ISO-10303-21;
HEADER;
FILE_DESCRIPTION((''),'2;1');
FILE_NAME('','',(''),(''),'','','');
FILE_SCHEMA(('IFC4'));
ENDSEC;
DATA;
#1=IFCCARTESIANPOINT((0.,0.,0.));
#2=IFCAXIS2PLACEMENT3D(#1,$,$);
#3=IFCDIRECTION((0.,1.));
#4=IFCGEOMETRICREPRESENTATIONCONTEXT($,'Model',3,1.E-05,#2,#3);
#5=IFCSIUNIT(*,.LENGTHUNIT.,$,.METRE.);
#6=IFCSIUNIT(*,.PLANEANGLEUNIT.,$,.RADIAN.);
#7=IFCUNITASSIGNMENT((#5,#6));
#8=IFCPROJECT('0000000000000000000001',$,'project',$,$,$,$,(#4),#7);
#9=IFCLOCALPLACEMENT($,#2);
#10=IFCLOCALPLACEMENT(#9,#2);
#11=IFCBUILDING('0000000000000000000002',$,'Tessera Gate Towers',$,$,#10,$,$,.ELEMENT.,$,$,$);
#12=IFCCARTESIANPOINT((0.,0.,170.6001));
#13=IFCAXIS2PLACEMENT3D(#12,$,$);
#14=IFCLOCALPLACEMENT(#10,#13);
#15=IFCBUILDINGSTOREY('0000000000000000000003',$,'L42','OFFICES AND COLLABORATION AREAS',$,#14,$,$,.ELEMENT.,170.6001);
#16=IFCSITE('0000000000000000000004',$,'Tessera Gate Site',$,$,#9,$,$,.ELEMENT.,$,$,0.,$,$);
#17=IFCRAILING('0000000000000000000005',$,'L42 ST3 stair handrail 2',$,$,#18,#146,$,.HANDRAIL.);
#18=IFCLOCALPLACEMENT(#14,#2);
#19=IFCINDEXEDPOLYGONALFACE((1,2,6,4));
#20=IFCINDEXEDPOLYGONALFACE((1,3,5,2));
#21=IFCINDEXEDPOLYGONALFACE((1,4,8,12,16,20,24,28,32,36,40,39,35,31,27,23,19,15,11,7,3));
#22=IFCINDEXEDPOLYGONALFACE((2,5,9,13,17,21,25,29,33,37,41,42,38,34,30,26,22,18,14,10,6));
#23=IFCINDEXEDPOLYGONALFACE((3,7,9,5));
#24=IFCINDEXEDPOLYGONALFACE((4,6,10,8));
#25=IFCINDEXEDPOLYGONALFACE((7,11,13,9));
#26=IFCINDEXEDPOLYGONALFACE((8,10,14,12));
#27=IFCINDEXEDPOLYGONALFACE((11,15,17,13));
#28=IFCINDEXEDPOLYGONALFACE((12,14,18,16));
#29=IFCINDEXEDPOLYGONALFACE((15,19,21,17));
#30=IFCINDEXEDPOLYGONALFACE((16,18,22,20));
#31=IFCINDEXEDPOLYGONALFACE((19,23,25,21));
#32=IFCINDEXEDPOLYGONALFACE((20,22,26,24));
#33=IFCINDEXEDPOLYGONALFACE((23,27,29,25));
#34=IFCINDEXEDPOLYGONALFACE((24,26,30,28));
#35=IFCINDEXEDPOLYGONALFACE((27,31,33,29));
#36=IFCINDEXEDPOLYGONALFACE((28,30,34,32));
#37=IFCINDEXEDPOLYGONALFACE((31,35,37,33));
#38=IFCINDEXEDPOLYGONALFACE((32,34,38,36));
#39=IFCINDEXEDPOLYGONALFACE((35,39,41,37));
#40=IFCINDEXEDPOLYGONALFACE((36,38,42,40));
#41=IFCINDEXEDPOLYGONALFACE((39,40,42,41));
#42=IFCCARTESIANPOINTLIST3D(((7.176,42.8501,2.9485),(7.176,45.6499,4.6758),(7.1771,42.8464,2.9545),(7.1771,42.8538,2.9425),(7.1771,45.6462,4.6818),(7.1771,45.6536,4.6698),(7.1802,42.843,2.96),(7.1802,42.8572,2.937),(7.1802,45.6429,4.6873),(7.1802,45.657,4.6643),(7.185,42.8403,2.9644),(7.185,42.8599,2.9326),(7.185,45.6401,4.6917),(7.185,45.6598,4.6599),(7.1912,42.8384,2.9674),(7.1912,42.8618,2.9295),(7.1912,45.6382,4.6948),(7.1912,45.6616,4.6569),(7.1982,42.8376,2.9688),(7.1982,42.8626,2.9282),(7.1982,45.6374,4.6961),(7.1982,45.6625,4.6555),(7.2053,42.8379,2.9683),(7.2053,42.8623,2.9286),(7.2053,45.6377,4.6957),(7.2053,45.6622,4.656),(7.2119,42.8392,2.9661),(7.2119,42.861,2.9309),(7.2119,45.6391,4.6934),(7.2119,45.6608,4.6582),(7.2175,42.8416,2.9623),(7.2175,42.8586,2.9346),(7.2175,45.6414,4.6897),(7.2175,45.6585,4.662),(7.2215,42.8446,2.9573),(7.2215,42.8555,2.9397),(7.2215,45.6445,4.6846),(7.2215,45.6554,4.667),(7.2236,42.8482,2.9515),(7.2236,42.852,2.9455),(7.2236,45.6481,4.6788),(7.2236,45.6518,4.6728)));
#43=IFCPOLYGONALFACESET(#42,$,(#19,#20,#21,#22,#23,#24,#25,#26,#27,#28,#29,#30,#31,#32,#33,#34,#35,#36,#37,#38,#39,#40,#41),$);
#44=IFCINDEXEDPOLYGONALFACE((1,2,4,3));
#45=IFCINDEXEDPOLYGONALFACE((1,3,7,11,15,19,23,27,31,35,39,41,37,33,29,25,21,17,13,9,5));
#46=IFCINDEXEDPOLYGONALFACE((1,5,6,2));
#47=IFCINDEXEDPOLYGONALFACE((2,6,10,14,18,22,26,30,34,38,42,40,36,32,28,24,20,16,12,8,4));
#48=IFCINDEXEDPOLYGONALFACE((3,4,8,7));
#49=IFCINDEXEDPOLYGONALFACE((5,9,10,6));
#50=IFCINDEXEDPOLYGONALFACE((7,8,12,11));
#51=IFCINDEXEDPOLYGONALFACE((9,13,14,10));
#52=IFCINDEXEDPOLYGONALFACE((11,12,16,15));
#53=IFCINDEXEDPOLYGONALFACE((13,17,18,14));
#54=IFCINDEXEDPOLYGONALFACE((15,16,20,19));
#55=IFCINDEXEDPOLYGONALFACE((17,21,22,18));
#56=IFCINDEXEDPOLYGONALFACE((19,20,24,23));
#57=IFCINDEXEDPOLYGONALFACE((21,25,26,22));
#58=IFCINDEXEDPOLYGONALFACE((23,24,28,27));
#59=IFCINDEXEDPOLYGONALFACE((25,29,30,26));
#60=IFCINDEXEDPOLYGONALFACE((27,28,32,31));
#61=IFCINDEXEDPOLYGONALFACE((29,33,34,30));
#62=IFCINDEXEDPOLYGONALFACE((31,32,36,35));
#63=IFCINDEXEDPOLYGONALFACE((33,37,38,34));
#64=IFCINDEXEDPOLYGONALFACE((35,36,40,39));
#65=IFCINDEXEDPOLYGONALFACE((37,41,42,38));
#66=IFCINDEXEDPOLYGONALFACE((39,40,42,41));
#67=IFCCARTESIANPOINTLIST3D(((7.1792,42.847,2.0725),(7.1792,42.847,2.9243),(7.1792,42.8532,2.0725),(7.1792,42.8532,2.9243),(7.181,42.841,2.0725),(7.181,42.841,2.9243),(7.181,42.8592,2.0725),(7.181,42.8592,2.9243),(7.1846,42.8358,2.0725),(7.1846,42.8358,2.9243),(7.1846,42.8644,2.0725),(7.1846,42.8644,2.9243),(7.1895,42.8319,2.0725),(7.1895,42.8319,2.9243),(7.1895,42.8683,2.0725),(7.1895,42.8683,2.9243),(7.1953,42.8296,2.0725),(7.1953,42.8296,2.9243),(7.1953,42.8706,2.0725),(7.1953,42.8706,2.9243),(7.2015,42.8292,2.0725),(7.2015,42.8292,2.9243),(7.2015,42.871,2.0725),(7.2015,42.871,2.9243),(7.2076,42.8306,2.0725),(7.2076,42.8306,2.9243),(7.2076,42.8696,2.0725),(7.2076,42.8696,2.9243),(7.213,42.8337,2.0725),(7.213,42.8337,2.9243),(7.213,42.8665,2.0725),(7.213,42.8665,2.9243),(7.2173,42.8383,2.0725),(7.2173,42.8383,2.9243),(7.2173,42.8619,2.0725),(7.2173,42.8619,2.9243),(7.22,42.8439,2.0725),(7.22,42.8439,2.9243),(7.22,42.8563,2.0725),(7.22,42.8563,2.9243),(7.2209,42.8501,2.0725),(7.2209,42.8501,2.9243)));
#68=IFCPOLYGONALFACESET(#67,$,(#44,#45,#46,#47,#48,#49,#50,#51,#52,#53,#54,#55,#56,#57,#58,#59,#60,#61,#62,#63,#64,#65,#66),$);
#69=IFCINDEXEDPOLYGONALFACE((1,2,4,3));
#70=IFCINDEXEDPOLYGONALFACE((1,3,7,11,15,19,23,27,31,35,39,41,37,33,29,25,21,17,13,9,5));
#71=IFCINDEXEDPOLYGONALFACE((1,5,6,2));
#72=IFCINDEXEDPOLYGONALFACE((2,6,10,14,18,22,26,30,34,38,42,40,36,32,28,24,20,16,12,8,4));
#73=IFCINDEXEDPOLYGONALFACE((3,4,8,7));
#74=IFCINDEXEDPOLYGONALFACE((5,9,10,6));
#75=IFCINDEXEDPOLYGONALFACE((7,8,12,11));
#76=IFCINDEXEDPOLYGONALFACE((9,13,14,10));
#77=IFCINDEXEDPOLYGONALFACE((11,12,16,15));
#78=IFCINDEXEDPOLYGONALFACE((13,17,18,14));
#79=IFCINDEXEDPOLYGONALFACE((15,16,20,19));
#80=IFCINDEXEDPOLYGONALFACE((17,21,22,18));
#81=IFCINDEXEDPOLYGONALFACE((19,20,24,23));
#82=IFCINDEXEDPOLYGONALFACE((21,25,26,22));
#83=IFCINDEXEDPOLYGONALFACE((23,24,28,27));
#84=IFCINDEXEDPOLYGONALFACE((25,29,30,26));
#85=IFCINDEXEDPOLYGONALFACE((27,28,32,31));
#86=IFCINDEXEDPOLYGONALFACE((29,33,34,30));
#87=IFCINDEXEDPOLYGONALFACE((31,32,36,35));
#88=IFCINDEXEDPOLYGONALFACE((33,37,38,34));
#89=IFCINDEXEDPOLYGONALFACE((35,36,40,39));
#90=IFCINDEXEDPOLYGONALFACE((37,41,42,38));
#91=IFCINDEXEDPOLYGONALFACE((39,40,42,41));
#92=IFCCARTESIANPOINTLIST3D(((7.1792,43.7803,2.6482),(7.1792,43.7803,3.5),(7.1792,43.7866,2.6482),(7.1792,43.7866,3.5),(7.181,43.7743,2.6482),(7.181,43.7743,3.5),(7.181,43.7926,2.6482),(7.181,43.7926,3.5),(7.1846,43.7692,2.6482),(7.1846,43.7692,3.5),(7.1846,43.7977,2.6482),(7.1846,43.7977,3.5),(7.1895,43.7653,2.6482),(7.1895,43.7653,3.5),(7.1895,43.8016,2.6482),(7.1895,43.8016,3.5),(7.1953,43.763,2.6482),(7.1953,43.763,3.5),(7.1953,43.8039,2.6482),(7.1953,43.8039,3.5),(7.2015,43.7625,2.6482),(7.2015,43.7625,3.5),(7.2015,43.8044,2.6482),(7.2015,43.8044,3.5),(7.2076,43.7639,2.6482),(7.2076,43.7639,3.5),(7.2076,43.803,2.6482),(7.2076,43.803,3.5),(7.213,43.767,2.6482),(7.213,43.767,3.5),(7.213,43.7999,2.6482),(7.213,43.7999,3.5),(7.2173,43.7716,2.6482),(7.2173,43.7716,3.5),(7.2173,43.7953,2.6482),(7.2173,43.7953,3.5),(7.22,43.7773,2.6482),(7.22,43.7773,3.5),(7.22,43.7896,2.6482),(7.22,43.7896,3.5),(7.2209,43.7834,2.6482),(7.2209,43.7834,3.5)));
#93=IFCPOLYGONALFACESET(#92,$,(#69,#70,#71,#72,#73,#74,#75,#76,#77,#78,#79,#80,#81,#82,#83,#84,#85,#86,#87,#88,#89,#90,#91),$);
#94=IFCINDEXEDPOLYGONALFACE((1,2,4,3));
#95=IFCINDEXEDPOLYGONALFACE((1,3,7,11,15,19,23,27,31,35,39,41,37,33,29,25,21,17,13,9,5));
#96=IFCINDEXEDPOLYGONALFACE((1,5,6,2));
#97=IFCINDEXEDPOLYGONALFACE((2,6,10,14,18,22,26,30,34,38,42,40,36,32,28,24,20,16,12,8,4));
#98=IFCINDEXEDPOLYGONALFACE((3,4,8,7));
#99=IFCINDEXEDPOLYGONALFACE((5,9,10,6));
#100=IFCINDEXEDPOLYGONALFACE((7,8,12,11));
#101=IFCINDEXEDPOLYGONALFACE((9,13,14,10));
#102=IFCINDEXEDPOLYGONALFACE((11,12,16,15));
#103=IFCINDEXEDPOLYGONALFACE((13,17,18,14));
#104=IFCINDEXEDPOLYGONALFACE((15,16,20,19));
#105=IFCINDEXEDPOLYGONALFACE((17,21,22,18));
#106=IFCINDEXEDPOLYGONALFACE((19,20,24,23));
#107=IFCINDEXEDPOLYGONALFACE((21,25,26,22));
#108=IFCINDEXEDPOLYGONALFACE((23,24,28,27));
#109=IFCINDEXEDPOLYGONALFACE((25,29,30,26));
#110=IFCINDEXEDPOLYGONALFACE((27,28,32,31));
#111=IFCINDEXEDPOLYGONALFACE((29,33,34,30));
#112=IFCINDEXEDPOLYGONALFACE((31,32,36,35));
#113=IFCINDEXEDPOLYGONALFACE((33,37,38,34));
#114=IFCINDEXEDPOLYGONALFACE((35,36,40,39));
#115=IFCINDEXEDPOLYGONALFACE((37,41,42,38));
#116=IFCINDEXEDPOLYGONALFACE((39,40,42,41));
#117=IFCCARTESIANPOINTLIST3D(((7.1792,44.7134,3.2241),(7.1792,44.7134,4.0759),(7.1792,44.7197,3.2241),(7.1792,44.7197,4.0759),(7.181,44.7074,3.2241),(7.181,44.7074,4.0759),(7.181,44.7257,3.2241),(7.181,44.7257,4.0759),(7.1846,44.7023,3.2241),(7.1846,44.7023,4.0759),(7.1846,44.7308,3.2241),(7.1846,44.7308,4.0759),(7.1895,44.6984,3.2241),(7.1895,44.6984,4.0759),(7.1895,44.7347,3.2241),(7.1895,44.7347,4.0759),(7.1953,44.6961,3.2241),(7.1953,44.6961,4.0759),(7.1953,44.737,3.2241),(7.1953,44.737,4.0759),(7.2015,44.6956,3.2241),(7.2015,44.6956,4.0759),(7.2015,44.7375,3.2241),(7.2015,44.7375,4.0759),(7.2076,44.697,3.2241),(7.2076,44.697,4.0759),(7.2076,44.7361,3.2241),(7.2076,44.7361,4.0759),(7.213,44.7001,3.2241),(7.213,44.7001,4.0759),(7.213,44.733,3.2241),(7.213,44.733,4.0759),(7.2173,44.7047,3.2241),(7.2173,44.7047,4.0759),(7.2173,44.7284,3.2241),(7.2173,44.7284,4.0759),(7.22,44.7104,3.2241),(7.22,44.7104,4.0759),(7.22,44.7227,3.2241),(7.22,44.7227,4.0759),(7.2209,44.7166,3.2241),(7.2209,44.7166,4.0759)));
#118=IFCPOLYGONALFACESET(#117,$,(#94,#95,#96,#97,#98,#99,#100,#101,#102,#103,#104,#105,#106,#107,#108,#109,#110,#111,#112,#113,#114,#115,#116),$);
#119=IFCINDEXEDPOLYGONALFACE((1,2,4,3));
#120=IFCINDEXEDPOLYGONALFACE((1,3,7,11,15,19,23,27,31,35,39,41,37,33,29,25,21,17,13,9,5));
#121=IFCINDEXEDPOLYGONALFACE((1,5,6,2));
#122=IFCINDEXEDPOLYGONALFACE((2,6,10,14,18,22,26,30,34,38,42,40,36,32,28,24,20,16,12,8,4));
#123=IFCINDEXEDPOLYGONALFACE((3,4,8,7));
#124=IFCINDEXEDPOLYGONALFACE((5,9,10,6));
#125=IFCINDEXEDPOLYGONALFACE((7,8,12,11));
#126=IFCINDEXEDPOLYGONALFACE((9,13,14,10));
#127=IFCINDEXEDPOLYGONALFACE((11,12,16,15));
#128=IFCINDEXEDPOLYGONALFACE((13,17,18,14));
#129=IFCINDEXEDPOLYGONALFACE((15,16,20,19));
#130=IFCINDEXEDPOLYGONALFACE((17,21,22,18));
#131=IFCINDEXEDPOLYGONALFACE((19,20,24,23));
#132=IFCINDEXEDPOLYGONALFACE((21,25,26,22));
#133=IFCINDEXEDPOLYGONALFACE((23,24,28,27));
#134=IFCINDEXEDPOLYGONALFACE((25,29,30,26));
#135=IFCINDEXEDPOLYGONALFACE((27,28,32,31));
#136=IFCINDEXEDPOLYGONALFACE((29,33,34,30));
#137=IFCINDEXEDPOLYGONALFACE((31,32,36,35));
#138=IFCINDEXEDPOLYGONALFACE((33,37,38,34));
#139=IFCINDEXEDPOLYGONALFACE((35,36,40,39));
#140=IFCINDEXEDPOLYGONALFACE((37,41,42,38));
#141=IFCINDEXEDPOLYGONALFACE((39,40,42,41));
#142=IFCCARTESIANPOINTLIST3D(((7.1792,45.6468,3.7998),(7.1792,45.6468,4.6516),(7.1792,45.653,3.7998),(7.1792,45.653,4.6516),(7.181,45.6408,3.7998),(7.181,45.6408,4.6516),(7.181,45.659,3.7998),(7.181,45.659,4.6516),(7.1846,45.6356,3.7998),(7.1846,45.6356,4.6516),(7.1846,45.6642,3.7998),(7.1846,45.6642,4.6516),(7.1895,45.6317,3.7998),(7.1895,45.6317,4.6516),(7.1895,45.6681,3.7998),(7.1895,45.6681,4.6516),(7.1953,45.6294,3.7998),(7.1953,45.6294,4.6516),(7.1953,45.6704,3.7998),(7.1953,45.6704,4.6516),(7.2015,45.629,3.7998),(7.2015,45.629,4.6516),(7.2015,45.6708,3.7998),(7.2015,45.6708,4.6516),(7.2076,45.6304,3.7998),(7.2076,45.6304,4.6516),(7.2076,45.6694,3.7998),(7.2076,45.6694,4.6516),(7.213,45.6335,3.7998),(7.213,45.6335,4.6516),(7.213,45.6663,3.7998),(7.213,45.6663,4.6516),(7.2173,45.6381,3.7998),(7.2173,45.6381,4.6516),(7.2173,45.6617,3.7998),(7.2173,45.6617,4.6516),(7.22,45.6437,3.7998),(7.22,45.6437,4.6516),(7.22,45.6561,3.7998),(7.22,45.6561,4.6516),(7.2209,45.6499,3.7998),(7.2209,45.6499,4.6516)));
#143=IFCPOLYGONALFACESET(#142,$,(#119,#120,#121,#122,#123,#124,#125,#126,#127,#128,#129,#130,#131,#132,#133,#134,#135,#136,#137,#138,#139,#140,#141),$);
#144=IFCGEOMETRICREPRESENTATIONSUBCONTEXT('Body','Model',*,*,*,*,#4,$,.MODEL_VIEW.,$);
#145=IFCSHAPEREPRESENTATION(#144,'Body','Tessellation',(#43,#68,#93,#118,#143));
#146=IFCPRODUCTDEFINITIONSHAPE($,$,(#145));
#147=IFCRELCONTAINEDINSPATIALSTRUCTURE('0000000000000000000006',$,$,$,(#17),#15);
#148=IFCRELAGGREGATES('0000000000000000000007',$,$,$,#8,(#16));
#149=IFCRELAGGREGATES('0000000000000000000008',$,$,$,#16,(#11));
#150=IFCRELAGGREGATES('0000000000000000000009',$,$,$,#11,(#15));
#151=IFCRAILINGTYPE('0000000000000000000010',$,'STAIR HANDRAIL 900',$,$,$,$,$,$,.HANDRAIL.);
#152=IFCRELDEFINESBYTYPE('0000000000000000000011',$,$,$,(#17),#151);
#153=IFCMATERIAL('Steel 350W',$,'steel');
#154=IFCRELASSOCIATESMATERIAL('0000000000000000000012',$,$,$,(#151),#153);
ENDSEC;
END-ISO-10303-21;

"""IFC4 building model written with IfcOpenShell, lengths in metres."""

from ifc_helpers import new_model, si_unit, direction, frame, origin, origin_2d, place, context, subcontext, project, spatial, circle, extrude, material, type_object, element, save


model = new_model("IFC4")

# Units and contexts
model_context = context("Model", 3, precision=1e-05, world=origin(), true_north=direction((0.0, 1.0)))
body_context = subcontext(model_context, "Body", "Model", "MODEL_VIEW")
ifc_project = project(units=[si_unit("LENGTHUNIT", "METRE"), si_unit("PLANEANGLEUNIT", "RADIAN")], contexts=[model_context])

# Site, building, storey
site_placement = place(None, origin())
site = spatial("IfcSite", under=ifc_project, at=site_placement, Name="Tessera Gate Site", CompositionType="ELEMENT", RefElevation=0.0)
building_placement = place(site_placement, origin())
building = spatial("IfcBuilding", under=site, at=building_placement, Name="Tessera Gate Towers", CompositionType="ELEMENT")
storey_placement = place(building_placement, frame((0.0, 0.0, 170.6001)))
storey = spatial("IfcBuildingStorey", under=building, at=storey_placement, Name="L42", Description="OFFICES AND COLLABORATION AREAS", CompositionType="ELEMENT", Elevation=170.6001)

# Railing
ifc_material_1 = material(Name="Steel 350W", Category="steel")
railing_type_1 = type_object("IfcRailingType", Name="STAIR HANDRAIL 900", PredefinedType="HANDRAIL", material=ifc_material_1)
railing_1_placement = place(storey_placement, frame((7.2, 42.8501, 2.0725)))
element("IfcRailing", 1, at=railing_1_placement, inside=storey, type_object=railing_type_1, Name="L42 ST3 stair handrail 2", PredefinedType="HANDRAIL", context=body_context, shape_type="SweptSolid", body=[
    extrude(circle(Radius=0.0239, at=origin_2d()), frame((0.0, 0.0, 0.876), z_axis=(0.0, 0.851069, 0.525054), x_axis=(-1.0, 0.0, 0.0)), (0.0, 0.0, 1.0), 3.2898),
    extrude(circle(Radius=0.021, at=origin_2d()), origin(), (0.0, 0.0, 1.0), 0.8518),
    extrude(circle(Radius=0.021, at=origin_2d()), frame((0.0, 0.9333, 0.5757)), (0.0, 0.0, 1.0), 0.8518),
    extrude(circle(Radius=0.021, at=origin_2d()), frame((0.0, 1.8665, 1.1516)), (0.0, 0.0, 1.0), 0.8518),
    extrude(circle(Radius=0.021, at=origin_2d()), frame((0.0, 2.7998, 1.7273)), (0.0, 0.0, 1.0), 0.8518),
])

save(model, "model.ifc")
